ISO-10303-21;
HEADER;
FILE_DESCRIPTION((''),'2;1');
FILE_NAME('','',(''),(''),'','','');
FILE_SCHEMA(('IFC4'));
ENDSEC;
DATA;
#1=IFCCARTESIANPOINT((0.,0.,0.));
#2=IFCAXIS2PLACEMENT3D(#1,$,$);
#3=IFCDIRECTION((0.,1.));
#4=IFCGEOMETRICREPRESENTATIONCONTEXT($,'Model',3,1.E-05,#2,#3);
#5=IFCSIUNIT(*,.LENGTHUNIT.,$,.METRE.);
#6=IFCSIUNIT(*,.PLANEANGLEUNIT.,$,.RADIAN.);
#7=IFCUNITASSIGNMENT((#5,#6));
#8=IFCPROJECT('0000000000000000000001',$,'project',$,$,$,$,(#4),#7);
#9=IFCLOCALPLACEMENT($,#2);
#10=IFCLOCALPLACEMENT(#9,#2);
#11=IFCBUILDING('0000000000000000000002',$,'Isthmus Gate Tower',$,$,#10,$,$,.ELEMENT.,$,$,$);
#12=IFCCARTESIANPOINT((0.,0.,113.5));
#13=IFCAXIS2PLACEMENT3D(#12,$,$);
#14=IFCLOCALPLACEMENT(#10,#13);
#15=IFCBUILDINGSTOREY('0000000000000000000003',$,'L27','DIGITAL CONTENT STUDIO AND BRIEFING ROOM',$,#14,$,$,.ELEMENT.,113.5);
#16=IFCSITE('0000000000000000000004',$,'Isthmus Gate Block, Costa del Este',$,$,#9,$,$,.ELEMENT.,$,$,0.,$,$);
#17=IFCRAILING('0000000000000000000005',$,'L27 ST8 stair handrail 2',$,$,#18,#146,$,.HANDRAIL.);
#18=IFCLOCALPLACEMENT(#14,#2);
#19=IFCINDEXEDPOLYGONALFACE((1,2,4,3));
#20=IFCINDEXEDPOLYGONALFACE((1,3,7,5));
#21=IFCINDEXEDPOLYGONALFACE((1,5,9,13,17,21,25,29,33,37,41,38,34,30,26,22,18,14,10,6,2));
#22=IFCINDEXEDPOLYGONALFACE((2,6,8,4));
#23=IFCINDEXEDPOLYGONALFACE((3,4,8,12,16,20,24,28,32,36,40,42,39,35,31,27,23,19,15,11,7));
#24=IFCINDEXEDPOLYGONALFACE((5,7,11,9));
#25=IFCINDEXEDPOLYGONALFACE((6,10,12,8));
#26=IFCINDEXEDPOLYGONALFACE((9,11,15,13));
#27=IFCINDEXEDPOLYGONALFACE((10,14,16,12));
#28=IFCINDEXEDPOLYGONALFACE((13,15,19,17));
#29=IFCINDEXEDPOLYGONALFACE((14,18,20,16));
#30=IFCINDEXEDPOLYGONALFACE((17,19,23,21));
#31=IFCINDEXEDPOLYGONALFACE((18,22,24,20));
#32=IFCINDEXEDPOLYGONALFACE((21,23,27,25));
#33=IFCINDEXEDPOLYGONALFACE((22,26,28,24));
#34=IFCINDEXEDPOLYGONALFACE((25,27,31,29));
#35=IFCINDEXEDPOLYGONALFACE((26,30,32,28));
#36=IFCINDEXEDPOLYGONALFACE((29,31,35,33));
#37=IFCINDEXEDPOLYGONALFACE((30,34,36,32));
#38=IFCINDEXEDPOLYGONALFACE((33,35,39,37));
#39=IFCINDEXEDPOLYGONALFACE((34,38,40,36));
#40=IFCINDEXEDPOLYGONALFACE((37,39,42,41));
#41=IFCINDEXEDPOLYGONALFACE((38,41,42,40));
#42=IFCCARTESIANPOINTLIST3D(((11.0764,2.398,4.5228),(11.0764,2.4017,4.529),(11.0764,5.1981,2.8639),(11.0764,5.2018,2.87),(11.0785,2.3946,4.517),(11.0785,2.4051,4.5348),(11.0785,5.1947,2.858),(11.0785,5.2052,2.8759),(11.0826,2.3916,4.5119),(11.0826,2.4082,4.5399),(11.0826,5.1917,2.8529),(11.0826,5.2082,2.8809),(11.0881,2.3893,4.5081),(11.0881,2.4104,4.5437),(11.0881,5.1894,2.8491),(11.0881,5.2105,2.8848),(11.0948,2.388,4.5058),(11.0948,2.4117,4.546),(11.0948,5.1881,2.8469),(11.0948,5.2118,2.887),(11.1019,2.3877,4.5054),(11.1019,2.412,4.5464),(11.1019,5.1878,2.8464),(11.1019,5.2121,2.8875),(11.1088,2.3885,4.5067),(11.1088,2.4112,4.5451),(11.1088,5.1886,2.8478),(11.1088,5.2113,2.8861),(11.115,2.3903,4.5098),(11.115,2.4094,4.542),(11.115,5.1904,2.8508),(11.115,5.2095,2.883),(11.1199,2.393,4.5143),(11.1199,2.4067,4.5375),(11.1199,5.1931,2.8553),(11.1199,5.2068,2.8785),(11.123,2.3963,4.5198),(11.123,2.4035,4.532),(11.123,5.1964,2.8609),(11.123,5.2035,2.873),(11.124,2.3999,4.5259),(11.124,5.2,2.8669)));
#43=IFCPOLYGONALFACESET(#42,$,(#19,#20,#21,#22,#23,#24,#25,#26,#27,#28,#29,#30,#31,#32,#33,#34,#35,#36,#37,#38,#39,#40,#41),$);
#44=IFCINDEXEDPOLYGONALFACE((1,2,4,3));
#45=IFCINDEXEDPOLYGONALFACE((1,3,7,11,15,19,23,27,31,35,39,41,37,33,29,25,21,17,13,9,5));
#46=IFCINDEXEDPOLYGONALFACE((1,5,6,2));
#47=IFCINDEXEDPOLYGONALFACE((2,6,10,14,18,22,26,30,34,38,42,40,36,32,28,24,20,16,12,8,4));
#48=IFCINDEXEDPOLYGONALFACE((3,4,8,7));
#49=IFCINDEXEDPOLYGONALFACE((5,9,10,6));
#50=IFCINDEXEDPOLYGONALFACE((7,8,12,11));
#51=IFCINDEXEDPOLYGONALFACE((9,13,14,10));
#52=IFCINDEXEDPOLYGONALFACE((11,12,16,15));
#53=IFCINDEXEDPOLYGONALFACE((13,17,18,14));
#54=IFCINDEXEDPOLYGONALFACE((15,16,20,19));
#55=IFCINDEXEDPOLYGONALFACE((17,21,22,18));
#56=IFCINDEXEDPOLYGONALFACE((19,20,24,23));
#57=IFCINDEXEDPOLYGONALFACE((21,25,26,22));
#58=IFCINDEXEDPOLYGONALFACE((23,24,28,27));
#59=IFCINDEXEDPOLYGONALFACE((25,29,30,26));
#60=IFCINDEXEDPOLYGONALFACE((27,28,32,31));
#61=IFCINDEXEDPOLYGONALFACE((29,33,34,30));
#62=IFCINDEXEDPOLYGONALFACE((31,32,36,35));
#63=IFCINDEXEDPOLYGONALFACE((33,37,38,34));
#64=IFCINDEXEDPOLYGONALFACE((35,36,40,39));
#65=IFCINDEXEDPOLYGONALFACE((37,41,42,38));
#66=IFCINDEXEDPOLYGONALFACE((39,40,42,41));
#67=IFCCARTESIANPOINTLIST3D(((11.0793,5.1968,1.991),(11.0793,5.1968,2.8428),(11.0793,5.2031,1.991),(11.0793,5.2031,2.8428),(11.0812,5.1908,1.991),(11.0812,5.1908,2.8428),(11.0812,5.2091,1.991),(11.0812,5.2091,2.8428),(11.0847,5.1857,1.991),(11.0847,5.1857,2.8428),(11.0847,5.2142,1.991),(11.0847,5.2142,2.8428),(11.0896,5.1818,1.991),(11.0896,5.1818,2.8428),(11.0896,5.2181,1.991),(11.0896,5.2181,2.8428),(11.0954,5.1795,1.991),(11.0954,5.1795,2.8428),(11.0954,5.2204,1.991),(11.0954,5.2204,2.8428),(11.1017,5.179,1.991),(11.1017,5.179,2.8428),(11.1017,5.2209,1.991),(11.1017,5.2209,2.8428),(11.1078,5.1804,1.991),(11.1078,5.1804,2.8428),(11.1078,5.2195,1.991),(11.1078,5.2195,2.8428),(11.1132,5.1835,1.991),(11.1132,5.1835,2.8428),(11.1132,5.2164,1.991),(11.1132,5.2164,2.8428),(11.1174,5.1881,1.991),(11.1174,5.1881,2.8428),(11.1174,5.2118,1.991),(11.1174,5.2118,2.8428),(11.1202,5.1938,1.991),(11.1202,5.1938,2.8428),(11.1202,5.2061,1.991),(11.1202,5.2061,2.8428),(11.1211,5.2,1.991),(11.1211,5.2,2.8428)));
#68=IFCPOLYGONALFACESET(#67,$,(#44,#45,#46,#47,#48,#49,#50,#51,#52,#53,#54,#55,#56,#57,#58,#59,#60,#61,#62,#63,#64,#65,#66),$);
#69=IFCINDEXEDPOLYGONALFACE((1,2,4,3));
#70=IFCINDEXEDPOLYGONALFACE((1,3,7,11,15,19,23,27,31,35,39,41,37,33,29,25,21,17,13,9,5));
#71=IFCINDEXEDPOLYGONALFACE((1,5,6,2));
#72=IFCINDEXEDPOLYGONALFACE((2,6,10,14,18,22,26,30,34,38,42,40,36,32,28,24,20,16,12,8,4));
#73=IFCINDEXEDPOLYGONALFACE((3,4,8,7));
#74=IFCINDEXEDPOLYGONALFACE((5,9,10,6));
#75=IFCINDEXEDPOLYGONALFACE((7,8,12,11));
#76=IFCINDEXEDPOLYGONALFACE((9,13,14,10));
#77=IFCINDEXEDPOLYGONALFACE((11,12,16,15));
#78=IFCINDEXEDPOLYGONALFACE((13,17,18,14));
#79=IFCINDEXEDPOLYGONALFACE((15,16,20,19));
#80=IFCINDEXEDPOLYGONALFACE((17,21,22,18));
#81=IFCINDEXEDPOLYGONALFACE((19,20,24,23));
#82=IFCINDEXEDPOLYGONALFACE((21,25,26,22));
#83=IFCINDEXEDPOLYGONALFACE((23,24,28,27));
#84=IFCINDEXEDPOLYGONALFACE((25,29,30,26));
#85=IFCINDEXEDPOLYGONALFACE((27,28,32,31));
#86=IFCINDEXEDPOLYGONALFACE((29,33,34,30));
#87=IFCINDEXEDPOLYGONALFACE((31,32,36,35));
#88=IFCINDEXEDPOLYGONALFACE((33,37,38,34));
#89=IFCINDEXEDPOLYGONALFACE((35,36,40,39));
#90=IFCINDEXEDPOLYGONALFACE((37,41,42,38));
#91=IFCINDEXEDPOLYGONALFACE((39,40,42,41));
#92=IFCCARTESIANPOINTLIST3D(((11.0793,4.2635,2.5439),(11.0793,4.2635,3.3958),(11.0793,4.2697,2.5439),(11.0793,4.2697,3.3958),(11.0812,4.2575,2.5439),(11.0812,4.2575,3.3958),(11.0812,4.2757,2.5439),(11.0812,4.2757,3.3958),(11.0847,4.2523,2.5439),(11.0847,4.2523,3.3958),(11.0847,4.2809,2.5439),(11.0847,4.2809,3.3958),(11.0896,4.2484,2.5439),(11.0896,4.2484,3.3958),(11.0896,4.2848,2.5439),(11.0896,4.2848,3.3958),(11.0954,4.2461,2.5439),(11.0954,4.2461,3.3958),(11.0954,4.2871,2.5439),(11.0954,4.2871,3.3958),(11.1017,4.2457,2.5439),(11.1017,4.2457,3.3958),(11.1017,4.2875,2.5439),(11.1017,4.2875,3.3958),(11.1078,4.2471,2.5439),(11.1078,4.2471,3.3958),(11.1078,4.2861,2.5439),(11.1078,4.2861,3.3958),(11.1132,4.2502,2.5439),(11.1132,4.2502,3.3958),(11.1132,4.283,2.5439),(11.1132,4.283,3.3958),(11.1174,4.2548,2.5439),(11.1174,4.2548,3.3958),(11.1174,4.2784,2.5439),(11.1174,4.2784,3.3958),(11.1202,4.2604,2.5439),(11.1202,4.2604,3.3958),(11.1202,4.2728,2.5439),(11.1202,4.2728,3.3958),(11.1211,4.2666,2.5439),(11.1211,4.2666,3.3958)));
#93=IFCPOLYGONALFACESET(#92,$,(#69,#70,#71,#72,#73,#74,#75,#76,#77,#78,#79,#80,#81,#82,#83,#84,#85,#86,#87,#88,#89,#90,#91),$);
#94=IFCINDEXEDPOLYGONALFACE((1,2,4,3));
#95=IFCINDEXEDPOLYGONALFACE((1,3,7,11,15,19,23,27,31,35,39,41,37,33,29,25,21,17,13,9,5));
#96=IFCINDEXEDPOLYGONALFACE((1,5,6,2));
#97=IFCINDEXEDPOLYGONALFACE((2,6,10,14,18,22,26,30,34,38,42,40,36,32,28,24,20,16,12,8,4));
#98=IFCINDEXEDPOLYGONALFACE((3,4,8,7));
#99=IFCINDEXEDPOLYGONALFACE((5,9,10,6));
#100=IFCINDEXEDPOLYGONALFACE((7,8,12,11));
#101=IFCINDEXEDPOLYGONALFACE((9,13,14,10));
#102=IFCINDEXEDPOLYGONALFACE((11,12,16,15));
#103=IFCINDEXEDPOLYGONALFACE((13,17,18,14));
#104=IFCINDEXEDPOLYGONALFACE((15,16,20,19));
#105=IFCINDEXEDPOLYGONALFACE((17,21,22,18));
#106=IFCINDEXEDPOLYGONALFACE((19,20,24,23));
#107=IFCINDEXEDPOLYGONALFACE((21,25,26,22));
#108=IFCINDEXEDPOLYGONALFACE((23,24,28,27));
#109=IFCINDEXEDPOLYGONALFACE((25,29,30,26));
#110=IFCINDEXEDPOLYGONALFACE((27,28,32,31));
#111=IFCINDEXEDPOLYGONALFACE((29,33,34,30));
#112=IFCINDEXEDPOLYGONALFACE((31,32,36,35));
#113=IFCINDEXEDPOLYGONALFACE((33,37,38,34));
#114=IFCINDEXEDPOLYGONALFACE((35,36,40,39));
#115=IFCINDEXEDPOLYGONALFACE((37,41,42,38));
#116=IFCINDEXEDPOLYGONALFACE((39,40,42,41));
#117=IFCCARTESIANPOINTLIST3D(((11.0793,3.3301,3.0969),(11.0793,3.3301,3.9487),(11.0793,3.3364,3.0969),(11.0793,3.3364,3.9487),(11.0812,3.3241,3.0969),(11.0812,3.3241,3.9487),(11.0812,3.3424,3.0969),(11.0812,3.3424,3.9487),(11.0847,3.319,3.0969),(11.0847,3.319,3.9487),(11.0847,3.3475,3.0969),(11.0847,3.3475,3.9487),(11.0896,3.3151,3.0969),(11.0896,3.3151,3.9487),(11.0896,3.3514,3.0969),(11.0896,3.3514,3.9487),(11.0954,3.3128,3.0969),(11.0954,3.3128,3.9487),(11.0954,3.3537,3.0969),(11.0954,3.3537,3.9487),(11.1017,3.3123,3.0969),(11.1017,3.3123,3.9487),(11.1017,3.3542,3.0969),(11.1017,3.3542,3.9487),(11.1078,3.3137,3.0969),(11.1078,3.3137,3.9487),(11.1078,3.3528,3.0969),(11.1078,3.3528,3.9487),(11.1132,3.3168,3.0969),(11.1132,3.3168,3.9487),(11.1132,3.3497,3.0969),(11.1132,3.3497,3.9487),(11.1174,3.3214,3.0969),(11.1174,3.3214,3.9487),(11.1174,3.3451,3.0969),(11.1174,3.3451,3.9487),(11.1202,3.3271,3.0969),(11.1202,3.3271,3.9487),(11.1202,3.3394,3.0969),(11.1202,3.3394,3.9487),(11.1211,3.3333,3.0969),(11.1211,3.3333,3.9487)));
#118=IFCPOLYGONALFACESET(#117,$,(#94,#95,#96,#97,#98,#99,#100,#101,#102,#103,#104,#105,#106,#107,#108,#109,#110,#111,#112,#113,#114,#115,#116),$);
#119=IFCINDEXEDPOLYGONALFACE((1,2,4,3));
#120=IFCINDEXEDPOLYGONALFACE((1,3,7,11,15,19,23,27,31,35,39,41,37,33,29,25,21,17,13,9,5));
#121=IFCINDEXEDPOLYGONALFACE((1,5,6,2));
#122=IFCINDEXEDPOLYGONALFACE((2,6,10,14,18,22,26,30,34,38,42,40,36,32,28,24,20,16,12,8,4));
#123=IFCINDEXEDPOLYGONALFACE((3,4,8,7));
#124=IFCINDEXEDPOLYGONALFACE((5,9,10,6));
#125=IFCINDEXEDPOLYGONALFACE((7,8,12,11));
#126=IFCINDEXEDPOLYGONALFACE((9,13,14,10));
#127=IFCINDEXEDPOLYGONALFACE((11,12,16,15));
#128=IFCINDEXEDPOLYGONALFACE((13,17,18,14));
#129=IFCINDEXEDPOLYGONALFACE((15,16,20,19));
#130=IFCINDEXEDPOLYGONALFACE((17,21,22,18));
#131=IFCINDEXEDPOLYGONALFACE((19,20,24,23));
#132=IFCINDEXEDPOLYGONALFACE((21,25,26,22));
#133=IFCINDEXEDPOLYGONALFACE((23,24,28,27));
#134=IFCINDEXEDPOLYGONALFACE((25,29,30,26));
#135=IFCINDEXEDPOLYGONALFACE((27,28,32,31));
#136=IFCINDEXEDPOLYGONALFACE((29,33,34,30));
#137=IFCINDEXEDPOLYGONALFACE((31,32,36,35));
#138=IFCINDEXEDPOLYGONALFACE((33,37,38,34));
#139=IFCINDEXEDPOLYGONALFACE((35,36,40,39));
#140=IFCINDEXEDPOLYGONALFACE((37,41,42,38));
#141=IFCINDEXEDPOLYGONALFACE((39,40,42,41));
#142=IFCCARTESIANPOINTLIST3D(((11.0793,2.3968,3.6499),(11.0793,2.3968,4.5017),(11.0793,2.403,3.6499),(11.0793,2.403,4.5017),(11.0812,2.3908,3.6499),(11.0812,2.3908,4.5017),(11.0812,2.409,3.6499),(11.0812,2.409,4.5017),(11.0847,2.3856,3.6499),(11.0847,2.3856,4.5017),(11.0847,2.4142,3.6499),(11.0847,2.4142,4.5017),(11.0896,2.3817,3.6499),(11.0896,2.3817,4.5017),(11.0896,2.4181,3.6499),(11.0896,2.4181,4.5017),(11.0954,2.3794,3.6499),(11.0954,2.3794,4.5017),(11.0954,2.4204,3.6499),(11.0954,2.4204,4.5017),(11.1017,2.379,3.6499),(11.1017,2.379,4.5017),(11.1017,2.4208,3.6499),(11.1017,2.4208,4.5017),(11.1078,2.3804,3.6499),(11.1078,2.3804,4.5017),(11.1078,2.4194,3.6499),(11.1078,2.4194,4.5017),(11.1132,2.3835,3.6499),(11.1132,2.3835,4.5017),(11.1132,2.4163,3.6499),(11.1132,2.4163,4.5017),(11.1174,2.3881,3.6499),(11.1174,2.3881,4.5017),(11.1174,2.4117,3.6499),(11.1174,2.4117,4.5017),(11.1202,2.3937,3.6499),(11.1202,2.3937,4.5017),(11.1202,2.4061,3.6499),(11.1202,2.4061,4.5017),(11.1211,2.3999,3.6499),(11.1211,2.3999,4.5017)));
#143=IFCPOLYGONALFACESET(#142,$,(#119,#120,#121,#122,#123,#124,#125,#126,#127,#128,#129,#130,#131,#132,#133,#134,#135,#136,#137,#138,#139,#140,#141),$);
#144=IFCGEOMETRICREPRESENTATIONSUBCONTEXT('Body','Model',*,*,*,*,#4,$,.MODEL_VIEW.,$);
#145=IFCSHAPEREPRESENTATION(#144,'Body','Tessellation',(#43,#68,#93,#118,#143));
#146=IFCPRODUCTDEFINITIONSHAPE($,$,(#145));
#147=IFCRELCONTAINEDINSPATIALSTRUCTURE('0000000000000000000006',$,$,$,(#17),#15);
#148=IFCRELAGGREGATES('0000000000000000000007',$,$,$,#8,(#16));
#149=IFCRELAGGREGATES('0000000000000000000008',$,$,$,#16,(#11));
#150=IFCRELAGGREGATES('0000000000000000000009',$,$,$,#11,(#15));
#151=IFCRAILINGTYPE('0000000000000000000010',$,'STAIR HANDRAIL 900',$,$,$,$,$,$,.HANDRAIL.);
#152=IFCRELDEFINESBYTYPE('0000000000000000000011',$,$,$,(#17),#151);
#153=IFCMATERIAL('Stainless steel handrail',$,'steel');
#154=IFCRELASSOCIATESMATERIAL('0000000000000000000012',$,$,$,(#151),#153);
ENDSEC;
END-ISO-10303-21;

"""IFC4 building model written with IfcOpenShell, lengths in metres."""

from ifc_helpers import new_model, si_unit, direction, frame, origin, origin_2d, place, context, subcontext, project, spatial, circle, extrude, material, type_object, element, save


model = new_model("IFC4")

# Units and contexts
model_context = context("Model", 3, precision=1e-05, world=origin(), true_north=direction((0.0, 1.0)))
body_context = subcontext(model_context, "Body", "Model", "MODEL_VIEW")
ifc_project = project(units=[si_unit("LENGTHUNIT", "METRE"), si_unit("PLANEANGLEUNIT", "RADIAN")], contexts=[model_context])

# Site, building, storey
site_placement = place(None, origin())
site = spatial("IfcSite", under=ifc_project, at=site_placement, Name="Isthmus Gate Block, Costa del Este", CompositionType="ELEMENT", RefElevation=0.0)
building_placement = place(site_placement, origin())
building = spatial("IfcBuilding", under=site, at=building_placement, Name="Isthmus Gate Tower", CompositionType="ELEMENT")
storey_placement = place(building_placement, frame((0.0, 0.0, 113.5)))
storey = spatial("IfcBuildingStorey", under=building, at=storey_placement, Name="L27", Description="DIGITAL CONTENT STUDIO AND BRIEFING ROOM", CompositionType="ELEMENT", Elevation=113.5)

# Railing
ifc_material_1 = material(Name="Stainless steel handrail", Category="steel")
railing_type_1 = type_object("IfcRailingType", Name="STAIR HANDRAIL 900", PredefinedType="HANDRAIL", material=ifc_material_1)
railing_1_placement = place(storey_placement, frame((11.1001, 5.2, 1.991)))
element("IfcRailing", 1, at=railing_1_placement, inside=storey, type_object=railing_type_1, Name="L27 ST8 stair handrail 2", PredefinedType="HANDRAIL", context=body_context, shape_type="SweptSolid", body=[
    extrude(circle(Radius=0.0239, at=origin_2d()), frame((0.0, 0.0, 0.876), z_axis=(0.0, -0.860339, 0.509722), x_axis=(1.0, 0.0, 0.0)), (0.0, 0.0, 1.0), 3.2546),
    extrude(circle(Radius=0.021, at=origin_2d()), origin(), (0.0, 0.0, 1.0), 0.8518),
    extrude(circle(Radius=0.021, at=origin_2d()), frame((0.0, -0.9333, 0.553)), (0.0, 0.0, 1.0), 0.8518),
    extrude(circle(Radius=0.021, at=origin_2d()), frame((0.0, -1.8667, 1.106)), (0.0, 0.0, 1.0), 0.8518),
    extrude(circle(Radius=0.021, at=origin_2d()), frame((0.0, -2.8, 1.6589)), (0.0, 0.0, 1.0), 0.8518),
])

save(model, "model.ifc")
